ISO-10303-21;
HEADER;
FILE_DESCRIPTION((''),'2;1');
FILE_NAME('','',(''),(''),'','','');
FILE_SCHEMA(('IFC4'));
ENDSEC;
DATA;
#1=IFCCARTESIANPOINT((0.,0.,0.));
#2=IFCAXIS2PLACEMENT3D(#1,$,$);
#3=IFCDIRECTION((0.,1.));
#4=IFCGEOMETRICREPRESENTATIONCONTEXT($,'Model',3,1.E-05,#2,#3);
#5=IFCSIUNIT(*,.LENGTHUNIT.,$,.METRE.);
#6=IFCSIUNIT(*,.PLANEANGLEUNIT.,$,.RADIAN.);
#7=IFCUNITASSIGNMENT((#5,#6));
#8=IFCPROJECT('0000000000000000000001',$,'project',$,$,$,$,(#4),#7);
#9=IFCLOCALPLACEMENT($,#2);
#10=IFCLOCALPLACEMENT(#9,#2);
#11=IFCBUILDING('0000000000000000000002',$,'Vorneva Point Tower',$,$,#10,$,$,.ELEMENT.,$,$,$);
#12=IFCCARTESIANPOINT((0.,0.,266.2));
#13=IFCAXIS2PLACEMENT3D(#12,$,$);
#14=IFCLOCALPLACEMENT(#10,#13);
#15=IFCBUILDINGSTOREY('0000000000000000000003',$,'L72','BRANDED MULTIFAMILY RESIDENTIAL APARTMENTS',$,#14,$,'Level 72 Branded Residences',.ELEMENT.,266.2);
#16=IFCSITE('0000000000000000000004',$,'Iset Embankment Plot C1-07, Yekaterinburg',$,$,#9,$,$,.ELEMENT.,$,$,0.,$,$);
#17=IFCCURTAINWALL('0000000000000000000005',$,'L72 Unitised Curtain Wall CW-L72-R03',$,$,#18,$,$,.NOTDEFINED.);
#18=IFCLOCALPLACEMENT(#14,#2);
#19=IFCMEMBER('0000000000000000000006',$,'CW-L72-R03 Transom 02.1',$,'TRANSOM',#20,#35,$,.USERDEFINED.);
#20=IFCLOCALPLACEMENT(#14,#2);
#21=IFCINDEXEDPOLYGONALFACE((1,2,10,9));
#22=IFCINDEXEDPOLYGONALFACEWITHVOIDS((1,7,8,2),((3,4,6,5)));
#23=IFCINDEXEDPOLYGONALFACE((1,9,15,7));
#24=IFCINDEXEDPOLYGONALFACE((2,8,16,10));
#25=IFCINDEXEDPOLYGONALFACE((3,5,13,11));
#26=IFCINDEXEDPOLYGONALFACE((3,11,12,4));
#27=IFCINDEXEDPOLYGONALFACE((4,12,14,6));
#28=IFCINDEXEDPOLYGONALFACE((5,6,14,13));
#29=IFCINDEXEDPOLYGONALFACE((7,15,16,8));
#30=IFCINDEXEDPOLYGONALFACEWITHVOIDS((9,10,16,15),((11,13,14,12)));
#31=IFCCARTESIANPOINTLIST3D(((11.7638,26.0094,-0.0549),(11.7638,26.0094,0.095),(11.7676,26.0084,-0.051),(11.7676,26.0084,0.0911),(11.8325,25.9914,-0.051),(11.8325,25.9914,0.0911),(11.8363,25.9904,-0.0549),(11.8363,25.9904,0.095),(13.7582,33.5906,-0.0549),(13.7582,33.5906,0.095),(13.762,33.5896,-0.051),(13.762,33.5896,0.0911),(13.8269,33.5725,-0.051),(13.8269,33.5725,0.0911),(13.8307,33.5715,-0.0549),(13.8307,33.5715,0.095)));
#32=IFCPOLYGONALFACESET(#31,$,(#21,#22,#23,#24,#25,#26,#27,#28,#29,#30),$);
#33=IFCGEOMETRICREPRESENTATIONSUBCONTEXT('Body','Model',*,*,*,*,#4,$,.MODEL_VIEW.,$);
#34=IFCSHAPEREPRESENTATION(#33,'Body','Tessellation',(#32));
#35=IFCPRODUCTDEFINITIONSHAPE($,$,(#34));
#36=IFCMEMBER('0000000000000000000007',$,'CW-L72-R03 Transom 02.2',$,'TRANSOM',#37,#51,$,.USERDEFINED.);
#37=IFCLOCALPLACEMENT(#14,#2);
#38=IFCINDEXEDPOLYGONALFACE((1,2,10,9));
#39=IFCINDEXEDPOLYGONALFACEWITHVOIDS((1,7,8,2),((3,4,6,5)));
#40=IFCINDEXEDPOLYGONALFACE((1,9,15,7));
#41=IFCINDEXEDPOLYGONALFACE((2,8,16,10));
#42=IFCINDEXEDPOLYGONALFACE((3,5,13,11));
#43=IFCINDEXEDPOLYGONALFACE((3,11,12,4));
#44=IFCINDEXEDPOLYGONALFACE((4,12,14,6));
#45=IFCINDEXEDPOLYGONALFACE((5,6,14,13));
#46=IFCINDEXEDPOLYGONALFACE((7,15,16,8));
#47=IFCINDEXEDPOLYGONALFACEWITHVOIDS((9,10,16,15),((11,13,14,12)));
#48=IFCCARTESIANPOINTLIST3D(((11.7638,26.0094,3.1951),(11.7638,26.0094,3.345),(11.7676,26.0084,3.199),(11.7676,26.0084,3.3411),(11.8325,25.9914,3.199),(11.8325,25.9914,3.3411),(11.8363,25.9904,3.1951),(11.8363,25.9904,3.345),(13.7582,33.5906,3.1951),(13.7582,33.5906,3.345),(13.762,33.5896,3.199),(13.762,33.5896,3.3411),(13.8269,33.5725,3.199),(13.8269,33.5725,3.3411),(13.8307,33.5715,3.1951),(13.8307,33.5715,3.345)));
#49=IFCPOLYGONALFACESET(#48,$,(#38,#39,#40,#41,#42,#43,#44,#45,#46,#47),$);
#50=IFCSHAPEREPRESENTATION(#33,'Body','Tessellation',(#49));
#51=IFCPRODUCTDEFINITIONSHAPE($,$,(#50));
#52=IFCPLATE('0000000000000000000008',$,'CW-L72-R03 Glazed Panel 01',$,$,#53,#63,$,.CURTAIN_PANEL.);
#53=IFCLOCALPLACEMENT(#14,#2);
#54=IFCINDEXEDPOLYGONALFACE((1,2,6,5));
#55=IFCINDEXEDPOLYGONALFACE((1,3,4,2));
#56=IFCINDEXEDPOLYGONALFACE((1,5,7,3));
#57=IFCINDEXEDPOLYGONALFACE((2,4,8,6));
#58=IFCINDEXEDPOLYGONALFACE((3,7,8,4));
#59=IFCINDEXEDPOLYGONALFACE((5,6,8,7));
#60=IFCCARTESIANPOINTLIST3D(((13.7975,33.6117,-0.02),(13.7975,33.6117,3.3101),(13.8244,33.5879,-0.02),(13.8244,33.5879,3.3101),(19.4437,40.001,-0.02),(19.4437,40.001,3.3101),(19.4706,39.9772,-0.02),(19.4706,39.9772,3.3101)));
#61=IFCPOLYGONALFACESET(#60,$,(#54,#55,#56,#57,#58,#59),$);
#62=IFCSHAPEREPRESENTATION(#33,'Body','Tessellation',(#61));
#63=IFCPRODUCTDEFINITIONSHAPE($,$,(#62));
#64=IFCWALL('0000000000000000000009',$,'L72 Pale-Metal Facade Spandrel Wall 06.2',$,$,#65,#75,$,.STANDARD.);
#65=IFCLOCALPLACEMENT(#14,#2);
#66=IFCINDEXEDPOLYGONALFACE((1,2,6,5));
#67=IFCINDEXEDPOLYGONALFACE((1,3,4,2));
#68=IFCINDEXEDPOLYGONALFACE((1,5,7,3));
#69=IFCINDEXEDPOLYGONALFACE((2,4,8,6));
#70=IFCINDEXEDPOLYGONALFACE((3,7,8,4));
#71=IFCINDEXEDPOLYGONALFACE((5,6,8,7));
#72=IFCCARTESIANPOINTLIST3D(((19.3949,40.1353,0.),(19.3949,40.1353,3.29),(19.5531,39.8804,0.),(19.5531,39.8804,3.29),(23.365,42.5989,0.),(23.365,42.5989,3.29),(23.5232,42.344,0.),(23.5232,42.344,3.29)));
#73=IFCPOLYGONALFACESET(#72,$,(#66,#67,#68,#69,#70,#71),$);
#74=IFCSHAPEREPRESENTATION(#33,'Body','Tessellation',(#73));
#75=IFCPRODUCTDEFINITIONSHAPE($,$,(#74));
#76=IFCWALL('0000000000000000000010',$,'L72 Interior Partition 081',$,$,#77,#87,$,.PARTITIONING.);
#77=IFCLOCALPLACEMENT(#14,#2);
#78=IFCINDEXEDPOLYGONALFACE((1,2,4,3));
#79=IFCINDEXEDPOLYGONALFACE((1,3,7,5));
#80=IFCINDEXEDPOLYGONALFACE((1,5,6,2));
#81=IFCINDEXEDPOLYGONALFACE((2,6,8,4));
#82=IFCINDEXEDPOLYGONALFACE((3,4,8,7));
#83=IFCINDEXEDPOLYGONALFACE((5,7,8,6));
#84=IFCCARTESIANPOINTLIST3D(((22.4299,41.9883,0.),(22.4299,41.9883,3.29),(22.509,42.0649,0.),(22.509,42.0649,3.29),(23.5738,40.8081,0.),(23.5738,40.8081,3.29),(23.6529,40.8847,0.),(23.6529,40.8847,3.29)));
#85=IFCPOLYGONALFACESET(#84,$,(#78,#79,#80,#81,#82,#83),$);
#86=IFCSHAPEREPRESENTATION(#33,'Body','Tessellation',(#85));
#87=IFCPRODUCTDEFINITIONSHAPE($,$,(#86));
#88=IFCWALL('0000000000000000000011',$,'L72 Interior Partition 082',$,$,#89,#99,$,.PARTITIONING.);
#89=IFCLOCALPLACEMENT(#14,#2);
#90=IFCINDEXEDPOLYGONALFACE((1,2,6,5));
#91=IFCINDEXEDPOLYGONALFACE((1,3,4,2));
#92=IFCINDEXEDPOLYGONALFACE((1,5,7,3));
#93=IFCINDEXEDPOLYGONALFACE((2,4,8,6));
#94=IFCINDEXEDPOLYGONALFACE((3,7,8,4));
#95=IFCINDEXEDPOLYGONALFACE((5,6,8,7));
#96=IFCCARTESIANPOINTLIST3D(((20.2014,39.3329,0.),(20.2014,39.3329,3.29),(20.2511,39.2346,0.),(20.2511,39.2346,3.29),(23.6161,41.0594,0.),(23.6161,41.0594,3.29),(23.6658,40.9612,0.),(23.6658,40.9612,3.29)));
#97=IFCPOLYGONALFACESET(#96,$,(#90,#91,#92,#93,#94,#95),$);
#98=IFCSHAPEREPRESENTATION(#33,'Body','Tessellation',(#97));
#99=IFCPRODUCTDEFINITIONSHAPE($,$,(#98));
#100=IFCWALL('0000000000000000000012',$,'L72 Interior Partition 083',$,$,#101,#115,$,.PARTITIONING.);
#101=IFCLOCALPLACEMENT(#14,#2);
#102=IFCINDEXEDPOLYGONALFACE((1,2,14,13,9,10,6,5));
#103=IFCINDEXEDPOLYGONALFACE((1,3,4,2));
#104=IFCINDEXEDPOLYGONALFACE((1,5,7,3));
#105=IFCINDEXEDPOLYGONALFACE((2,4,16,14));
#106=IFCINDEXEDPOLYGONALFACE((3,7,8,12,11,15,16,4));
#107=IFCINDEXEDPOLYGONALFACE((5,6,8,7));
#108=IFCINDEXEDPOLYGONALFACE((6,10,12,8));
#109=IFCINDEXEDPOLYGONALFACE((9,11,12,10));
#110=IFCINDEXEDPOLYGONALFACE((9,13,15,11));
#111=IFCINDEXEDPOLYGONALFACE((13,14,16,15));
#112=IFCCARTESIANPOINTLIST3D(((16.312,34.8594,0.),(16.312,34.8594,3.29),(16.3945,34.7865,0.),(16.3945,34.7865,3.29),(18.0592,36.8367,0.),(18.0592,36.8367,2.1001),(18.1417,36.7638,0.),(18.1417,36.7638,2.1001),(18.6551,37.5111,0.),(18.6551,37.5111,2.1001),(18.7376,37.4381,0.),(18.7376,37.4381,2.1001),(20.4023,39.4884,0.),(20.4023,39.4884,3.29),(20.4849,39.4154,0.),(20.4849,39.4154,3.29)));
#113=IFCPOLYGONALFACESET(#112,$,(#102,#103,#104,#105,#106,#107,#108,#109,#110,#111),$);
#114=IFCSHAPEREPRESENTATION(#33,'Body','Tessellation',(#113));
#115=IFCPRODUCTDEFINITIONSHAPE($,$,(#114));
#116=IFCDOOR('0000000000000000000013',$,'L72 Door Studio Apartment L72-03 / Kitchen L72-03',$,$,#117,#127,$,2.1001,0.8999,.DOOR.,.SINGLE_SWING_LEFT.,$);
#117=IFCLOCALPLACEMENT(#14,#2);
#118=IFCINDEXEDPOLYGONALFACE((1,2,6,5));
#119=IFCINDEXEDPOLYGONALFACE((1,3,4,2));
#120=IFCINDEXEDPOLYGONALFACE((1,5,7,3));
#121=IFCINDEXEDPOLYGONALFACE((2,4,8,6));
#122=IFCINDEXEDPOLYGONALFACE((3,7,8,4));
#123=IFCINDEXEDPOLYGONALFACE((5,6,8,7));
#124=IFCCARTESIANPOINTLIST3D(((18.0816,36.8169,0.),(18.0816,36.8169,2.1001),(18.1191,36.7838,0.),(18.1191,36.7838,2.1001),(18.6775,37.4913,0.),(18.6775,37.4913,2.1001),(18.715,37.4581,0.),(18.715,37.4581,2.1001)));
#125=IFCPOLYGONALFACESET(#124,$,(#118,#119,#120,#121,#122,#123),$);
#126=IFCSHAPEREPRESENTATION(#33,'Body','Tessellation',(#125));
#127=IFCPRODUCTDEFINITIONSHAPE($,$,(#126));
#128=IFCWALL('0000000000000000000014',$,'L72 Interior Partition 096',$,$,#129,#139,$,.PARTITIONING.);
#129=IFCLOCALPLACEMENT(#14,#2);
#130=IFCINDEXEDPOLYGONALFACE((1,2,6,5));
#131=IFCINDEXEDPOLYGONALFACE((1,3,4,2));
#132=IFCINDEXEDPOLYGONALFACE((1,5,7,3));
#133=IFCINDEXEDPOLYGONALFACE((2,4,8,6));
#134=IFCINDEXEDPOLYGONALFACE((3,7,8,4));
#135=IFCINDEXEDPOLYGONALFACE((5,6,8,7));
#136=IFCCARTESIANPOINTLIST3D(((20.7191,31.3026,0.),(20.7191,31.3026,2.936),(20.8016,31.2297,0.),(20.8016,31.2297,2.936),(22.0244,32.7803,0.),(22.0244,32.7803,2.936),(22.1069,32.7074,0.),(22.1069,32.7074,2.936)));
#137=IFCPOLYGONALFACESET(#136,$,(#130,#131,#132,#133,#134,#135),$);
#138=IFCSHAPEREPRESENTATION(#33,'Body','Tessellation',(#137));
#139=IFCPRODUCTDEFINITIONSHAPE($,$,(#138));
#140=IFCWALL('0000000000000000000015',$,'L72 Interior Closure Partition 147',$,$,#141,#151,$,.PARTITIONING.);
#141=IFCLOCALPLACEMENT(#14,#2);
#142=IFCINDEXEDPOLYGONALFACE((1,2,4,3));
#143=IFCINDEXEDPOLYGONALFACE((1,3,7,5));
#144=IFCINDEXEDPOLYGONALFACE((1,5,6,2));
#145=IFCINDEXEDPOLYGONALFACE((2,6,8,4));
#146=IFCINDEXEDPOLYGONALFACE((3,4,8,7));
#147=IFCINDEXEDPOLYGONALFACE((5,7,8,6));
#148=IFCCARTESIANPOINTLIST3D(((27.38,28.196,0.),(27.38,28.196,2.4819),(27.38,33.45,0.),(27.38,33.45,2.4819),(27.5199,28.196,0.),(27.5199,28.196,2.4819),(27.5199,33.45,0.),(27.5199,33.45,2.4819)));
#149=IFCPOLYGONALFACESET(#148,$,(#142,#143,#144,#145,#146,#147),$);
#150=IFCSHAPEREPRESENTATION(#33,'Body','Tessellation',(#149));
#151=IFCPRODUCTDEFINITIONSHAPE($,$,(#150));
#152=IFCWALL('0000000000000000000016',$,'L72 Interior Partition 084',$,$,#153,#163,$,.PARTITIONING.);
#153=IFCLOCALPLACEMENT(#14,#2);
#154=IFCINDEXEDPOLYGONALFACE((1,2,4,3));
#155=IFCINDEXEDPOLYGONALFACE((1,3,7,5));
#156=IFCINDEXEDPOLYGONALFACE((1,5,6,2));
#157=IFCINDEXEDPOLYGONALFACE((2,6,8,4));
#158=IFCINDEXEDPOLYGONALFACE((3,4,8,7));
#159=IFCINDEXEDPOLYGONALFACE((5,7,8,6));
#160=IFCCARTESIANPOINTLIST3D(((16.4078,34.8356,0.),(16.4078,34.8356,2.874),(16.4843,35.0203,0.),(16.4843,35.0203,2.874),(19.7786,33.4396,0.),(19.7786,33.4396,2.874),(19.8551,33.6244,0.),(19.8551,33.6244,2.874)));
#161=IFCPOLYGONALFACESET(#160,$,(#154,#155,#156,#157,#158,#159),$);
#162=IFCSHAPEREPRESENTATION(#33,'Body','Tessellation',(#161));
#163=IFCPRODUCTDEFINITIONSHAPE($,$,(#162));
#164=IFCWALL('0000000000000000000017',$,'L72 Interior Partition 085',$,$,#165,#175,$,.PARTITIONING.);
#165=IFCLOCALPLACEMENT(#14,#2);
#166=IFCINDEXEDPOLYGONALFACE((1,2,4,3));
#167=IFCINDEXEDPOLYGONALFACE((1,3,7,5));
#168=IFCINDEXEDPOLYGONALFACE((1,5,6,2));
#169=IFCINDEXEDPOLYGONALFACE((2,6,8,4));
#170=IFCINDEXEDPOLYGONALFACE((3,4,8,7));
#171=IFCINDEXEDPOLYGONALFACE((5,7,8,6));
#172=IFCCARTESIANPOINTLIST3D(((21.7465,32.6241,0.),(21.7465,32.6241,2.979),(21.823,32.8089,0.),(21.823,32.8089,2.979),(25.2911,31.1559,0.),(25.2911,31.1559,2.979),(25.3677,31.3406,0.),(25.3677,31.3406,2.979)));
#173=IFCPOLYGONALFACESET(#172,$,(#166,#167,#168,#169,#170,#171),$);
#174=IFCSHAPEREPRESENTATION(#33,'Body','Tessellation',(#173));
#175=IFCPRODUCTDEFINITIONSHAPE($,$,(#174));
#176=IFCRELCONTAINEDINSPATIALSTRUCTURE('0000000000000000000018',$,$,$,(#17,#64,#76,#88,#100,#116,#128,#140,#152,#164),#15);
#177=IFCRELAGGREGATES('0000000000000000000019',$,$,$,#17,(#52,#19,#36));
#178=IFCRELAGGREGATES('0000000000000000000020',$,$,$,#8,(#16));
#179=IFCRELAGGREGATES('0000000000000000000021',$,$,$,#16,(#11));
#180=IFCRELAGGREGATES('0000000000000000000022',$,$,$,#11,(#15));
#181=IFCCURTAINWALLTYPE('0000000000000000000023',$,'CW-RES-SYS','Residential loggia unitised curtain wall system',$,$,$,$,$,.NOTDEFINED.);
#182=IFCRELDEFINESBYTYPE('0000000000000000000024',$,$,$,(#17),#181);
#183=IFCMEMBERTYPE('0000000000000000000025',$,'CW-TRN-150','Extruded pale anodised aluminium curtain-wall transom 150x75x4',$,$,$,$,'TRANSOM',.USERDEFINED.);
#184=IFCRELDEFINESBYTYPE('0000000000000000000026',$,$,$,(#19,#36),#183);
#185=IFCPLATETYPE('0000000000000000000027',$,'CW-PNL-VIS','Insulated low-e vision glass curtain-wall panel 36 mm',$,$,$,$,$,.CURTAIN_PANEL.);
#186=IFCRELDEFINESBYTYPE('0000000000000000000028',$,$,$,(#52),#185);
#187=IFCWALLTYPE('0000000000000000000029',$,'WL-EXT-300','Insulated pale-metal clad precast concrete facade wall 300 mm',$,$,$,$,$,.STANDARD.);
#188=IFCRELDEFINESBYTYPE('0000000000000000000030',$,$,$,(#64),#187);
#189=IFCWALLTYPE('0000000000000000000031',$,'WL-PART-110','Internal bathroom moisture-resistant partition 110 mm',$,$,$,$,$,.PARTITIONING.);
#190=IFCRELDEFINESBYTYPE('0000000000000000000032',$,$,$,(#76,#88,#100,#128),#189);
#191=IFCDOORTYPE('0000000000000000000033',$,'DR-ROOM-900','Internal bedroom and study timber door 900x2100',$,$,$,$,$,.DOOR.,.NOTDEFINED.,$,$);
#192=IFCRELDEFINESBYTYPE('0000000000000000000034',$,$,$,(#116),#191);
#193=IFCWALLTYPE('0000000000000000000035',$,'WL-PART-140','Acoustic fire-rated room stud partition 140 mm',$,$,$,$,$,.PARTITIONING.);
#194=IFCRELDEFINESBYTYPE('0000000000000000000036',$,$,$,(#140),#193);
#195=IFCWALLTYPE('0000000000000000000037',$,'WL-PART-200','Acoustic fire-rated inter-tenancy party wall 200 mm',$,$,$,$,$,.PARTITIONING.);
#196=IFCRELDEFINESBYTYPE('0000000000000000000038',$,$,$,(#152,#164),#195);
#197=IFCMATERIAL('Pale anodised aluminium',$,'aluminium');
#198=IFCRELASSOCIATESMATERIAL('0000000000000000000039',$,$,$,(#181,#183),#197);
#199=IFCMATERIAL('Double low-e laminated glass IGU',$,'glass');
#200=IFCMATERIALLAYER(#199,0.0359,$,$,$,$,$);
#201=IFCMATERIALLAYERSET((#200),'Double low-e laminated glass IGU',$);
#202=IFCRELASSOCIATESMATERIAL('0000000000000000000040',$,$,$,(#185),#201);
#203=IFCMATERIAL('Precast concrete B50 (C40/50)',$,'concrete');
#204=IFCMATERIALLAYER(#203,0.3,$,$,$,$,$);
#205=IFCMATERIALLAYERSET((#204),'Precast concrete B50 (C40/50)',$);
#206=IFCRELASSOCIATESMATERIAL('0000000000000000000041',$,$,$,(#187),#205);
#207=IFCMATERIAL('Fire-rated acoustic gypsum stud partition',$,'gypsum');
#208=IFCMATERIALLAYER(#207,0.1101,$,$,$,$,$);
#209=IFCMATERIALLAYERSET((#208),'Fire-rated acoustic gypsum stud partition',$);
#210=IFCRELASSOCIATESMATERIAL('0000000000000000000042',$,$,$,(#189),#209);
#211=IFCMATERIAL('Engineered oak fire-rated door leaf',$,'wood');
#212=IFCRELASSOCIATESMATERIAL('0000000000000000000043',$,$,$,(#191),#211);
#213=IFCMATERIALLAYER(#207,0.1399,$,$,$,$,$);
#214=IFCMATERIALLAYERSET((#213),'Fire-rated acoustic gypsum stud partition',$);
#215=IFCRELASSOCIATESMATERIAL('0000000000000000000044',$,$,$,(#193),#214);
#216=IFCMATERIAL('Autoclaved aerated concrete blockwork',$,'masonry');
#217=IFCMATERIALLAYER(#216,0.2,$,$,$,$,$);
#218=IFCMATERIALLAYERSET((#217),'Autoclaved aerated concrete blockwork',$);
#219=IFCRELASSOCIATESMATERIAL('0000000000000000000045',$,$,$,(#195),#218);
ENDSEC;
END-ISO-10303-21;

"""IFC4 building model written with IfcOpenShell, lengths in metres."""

from ifc_helpers import new_model, si_unit, direction, frame, frame_2d, origin, origin_2d, place, context, subcontext, project, spatial, rectangle, hollow_rectangle, extrude, material, layer, layer_set, material_profile, profile_set, type_object, element, fill, aggregate, save


model = new_model("IFC4")

# Units and contexts
model_context = context("Model", 3, precision=1e-05, world=origin(), true_north=direction((0.0, 1.0)))
body_context = subcontext(model_context, "Body", "Model", "MODEL_VIEW")
ifc_project = project(units=[si_unit("LENGTHUNIT", "METRE"), si_unit("PLANEANGLEUNIT", "RADIAN")], contexts=[model_context])

# Site, building, storey
site_placement = place(None, origin())
site = spatial("IfcSite", under=ifc_project, at=site_placement, Name="Iset Embankment Plot C1-07, Yekaterinburg", CompositionType="ELEMENT", RefElevation=0.0)
building_placement = place(site_placement, origin())
building = spatial("IfcBuilding", under=site, at=building_placement, Name="Vorneva Point Tower", CompositionType="ELEMENT")
storey_placement = place(building_placement, frame((0.0, 0.0, 266.2)))
storey = spatial("IfcBuildingStorey", under=building, at=storey_placement, Name="L72", Description="BRANDED MULTIFAMILY RESIDENTIAL APARTMENTS", LongName="Level 72 Branded Residences", CompositionType="ELEMENT", Elevation=266.2)

# Curtain wall, members, plate
ifc_material_1 = material(Name="Pale anodised aluminium", Category="aluminium")
curtain_wall_type = type_object("IfcCurtainWallType", Name="CW-RES-SYS", Description="Residential loggia unitised curtain wall system", PredefinedType="NOTDEFINED", material=ifc_material_1)
curtain_wall_placement = place(storey_placement, origin())
curtain_wall = element("IfcCurtainWall", 1, at=curtain_wall_placement, inside=storey, type_object=curtain_wall_type, Name="L72 Unitised Curtain Wall CW-L72-R03", PredefinedType="NOTDEFINED")
ifc_material_profile_1 = material_profile(ifc_material_1, hollow_rectangle(XDim=0.075, YDim=0.1499, WallThickness=0.0039, at=origin_2d()), Name="AL-TRN 150x75x4")
ifc_profile_set_1 = profile_set([ifc_material_profile_1], Name="Pale anodised aluminium")
member_type_1 = type_object("IfcMemberType", Name="CW-TRN-150", Description="Extruded pale anodised aluminium curtain-wall transom 150x75x4", ElementType="TRANSOM", PredefinedType="USERDEFINED", material=ifc_profile_set_1)
member_1_placement = place(storey_placement, frame((13.7944, 33.5811, 0.02), z_axis=(-0.254418, -0.967094, 0.0), x_axis=(0.967094, -0.254418, 0.0)))
member_1 = element("IfcMember", 2, at=member_1_placement, type_object=member_type_1, Name="CW-L72-R03 Transom 02.1", ObjectType="TRANSOM", PredefinedType="USERDEFINED", context=body_context, shape_type="SweptSolid", body=[
    extrude(hollow_rectangle(XDim=0.075, YDim=0.1499, WallThickness=0.0039, at=origin_2d()), origin(), (0.0, 0.0, 1.0), 7.8391),
])
member_2_placement = place(storey_placement, frame((13.7944, 33.5811, 3.27), z_axis=(-0.254418, -0.967094, 0.0), x_axis=(0.967094, -0.254418, 0.0)))
member_2 = element("IfcMember", 3, at=member_2_placement, type_object=member_type_1, Name="CW-L72-R03 Transom 02.2", ObjectType="TRANSOM", PredefinedType="USERDEFINED", context=body_context, shape_type="SweptSolid", body=[
    extrude(hollow_rectangle(XDim=0.075, YDim=0.1499, WallThickness=0.0039, at=origin_2d()), origin(), (0.0, 0.0, 1.0), 7.8391),
])
ifc_material_2 = material(Name="Double low-e laminated glass IGU", Category="glass")
ifc_layer_1 = layer(ifc_material_2, 0.0359)
ifc_layer_set_1 = layer_set([ifc_layer_1], Name="Double low-e laminated glass IGU")
plate_type = type_object("IfcPlateType", Name="CW-PNL-VIS", Description="Insulated low-e vision glass curtain-wall panel 36 mm", PredefinedType="CURTAIN_PANEL", material=ifc_layer_set_1)
plate_placement = place(storey_placement, frame((16.634, 36.7944, -0.02), z_axis=(0.0, 0.0, 1.0), x_axis=(-0.662189, -0.749337, 0.0)))
plate = element("IfcPlate", 4, at=plate_placement, type_object=plate_type, Name="CW-L72-R03 Glazed Panel 01", PredefinedType="CURTAIN_PANEL", context=body_context, shape_type="SweptSolid", body=[
    extrude(rectangle(XDim=8.5266, YDim=0.0359, at=origin_2d()), origin(), (0.0, 0.0, 1.0), 3.3301),
])
aggregate(curtain_wall, [plate, member_1, member_2])

# Walls
ifc_material_3 = material(Name="Precast concrete B50 (C40/50)", Category="concrete")
ifc_layer_2 = layer(ifc_material_3, 0.3)
ifc_layer_set_2 = layer_set([ifc_layer_2], Name="Precast concrete B50 (C40/50)")
wall_type_1 = type_object("IfcWallType", Name="WL-EXT-300", Description="Insulated pale-metal clad precast concrete facade wall 300 mm", PredefinedType="STANDARD", material=ifc_layer_set_2)
wall_1_placement = place(storey_placement, frame((23.4441, 42.4714, 0.0), z_axis=(0.0, 0.0, 1.0), x_axis=(-0.849702, -0.527263, 0.0)))
element("IfcWall", 5, at=wall_1_placement, inside=storey, type_object=wall_type_1, Name="L72 Pale-Metal Facade Spandrel Wall 06.2", PredefinedType="STANDARD", context=body_context, shape_type="SweptSolid", body=[
    extrude(rectangle(XDim=4.6724, YDim=0.3, at=frame_2d((2.3362, 0.0))), origin(), (0.0, 0.0, 1.0), 3.29),
])
ifc_material_4 = material(Name="Fire-rated acoustic gypsum stud partition", Category="gypsum")
ifc_layer_3 = layer(ifc_material_4, 0.1101)
ifc_layer_set_3 = layer_set([ifc_layer_3], Name="Fire-rated acoustic gypsum stud partition")
wall_type_2 = type_object("IfcWallType", Name="WL-PART-110", Description="Internal bathroom moisture-resistant partition 110 mm", PredefinedType="PARTITIONING", material=ifc_layer_set_3)
wall_2_placement = place(storey_placement, frame((22.4695, 42.0266, 0.0), z_axis=(0.0, 0.0, 1.0), x_axis=(0.695953, -0.718087, 0.0)))
element("IfcWall", 6, at=wall_2_placement, inside=storey, type_object=wall_type_2, Name="L72 Interior Partition 081", PredefinedType="PARTITIONING", context=body_context, shape_type="SweptSolid", body=[
    extrude(rectangle(XDim=1.6436, YDim=0.1101, at=frame_2d((0.8218, 0.0))), origin(), (0.0, 0.0, 1.0), 3.29),
])
wall_3_placement = place(storey_placement, frame((23.6409, 41.0103, 0.0), z_axis=(0.0, 0.0, 1.0), x_axis=(-0.892415, -0.451216, 0.0)))
element("IfcWall", 7, at=wall_3_placement, inside=storey, type_object=wall_type_2, Name="L72 Interior Partition 082", PredefinedType="PARTITIONING", context=body_context, shape_type="SweptSolid", body=[
    extrude(rectangle(XDim=3.8264, YDim=0.1101, at=frame_2d((1.9131, 0.0))), origin(), (0.0, 0.0, 1.0), 3.29),
])

# Wall, opening, door
wall_4_placement = place(storey_placement, frame((20.4436, 39.4519, 0.0), z_axis=(0.0, 0.0, 1.0), x_axis=(-0.662168, -0.749356, 0.0)))
wall_4 = element("IfcWall", 8, at=wall_4_placement, inside=storey, type_object=wall_type_2, Name="L72 Interior Partition 083", PredefinedType="PARTITIONING", context=body_context, shape_type="SweptSolid", body=[
    extrude(rectangle(XDim=6.1772, YDim=0.1101, at=frame_2d((3.0886, 0.0))), origin(), (0.0, 0.0, 1.0), 3.29),
])
opening_1_placement = place(wall_4_placement, frame((2.6387, 0.0, 0.0)))
opening_1 = element("IfcOpeningElement", 9, at=opening_1_placement, cuts=wall_4, PredefinedType="OPENING", context=body_context, shape_type="SweptSolid", body=[
    extrude(rectangle(XDim=0.8999, YDim=2.1001, at=frame_2d((0.45, 1.05))), frame((0.0, 0.0698, 0.0), z_axis=(0.0, -1.0, 0.0), x_axis=(1.0, 0.0, 0.0)), (0.0, 0.0, 1.0), 0.1399),
])
ifc_material_5 = material(Name="Engineered oak fire-rated door leaf", Category="wood")
door_type_1 = type_object("IfcDoorType", Name="DR-ROOM-900", Description="Internal bedroom and study timber door 900x2100", OperationType="NOTDEFINED", PredefinedType="DOOR", material=ifc_material_5)
door_1_placement = place(opening_1_placement, origin())
door_1 = element("IfcDoor", 10, at=door_1_placement, inside=storey, type_object=door_type_1, Name="L72 Door Studio Apartment L72-03 / Kitchen L72-03", OperationType="SINGLE_SWING_LEFT", OverallHeight=2.1001, OverallWidth=0.8999, PredefinedType="DOOR", context=body_context, shape_type="SweptSolid", body=[
    extrude(rectangle(XDim=0.8999, YDim=2.1001, at=frame_2d((0.45, 1.05))), frame((0.0, 0.0249, 0.0), z_axis=(0.0, -1.0, 0.0), x_axis=(1.0, 0.0, 0.0)), (0.0, 0.0, 1.0), 0.05),
])
fill(opening_1, door_1)

# Walls
wall_5_placement = place(storey_placement, frame((22.0657, 32.7439, 0.0), z_axis=(0.0, 0.0, 1.0), x_axis=(-0.662047, -0.749462, 0.0)))
element("IfcWall", 11, at=wall_5_placement, inside=storey, type_object=wall_type_2, Name="L72 Interior Partition 096", PredefinedType="PARTITIONING", context=body_context, shape_type="SweptSolid", body=[
    extrude(rectangle(XDim=1.9717, YDim=0.1101, at=frame_2d((0.9858, 0.0))), origin(), (0.0, 0.0, 1.0), 2.936),
])
ifc_layer_4 = layer(ifc_material_4, 0.1399)
ifc_layer_set_4 = layer_set([ifc_layer_4], Name="Fire-rated acoustic gypsum stud partition")
wall_type_3 = type_object("IfcWallType", Name="WL-PART-140", Description="Acoustic fire-rated room stud partition 140 mm", PredefinedType="PARTITIONING", material=ifc_layer_set_4)
wall_6_placement = place(storey_placement, frame((27.45, 33.45, 0.0), z_axis=(0.0, 0.0, 1.0), x_axis=(0.0, -1.0, 0.0)))
element("IfcWall", 12, at=wall_6_placement, inside=storey, type_object=wall_type_3, Name="L72 Interior Closure Partition 147", PredefinedType="PARTITIONING", context=body_context, shape_type="SweptSolid", body=[
    extrude(rectangle(XDim=5.2539, YDim=0.1399, at=frame_2d((2.627, 0.0))), origin(), (0.0, 0.0, 1.0), 2.4819),
])

# Shared definitions
ifc_material_6 = material(Name="Autoclaved aerated concrete blockwork", Category="masonry")

# Walls
ifc_layer_5 = layer(ifc_material_6, 0.2)
ifc_layer_set_5 = layer_set([ifc_layer_5], Name="Autoclaved aerated concrete blockwork")
wall_type_4 = type_object("IfcWallType", Name="WL-PART-200", Description="Acoustic fire-rated inter-tenancy party wall 200 mm", PredefinedType="PARTITIONING", material=ifc_layer_set_5)
wall_7_placement = place(storey_placement, frame((16.446, 34.928, 0.0), z_axis=(0.0, 0.0, 1.0), x_axis=(0.923904, -0.382624, 0.0)))
element("IfcWall", 13, at=wall_7_placement, inside=storey, type_object=wall_type_4, Name="L72 Interior Partition 084", PredefinedType="PARTITIONING", context=body_context, shape_type="SweptSolid", body=[
    extrude(rectangle(XDim=3.6484, YDim=0.2, at=frame_2d((1.8242, 0.0))), origin(), (0.0, 0.0, 1.0), 2.874),
])
wall_8_placement = place(storey_placement, frame((21.7847, 32.7166, 0.0), z_axis=(0.0, 0.0, 1.0), x_axis=(0.923879, -0.382685, 0.0)))
element("IfcWall", 14, at=wall_8_placement, inside=storey, type_object=wall_type_4, Name="L72 Interior Partition 085", PredefinedType="PARTITIONING", context=body_context, shape_type="SweptSolid", body=[
    extrude(rectangle(XDim=3.8367, YDim=0.2, at=frame_2d((1.9185, 0.0))), origin(), (0.0, 0.0, 1.0), 2.979),
])

save(model, "model.ifc")
